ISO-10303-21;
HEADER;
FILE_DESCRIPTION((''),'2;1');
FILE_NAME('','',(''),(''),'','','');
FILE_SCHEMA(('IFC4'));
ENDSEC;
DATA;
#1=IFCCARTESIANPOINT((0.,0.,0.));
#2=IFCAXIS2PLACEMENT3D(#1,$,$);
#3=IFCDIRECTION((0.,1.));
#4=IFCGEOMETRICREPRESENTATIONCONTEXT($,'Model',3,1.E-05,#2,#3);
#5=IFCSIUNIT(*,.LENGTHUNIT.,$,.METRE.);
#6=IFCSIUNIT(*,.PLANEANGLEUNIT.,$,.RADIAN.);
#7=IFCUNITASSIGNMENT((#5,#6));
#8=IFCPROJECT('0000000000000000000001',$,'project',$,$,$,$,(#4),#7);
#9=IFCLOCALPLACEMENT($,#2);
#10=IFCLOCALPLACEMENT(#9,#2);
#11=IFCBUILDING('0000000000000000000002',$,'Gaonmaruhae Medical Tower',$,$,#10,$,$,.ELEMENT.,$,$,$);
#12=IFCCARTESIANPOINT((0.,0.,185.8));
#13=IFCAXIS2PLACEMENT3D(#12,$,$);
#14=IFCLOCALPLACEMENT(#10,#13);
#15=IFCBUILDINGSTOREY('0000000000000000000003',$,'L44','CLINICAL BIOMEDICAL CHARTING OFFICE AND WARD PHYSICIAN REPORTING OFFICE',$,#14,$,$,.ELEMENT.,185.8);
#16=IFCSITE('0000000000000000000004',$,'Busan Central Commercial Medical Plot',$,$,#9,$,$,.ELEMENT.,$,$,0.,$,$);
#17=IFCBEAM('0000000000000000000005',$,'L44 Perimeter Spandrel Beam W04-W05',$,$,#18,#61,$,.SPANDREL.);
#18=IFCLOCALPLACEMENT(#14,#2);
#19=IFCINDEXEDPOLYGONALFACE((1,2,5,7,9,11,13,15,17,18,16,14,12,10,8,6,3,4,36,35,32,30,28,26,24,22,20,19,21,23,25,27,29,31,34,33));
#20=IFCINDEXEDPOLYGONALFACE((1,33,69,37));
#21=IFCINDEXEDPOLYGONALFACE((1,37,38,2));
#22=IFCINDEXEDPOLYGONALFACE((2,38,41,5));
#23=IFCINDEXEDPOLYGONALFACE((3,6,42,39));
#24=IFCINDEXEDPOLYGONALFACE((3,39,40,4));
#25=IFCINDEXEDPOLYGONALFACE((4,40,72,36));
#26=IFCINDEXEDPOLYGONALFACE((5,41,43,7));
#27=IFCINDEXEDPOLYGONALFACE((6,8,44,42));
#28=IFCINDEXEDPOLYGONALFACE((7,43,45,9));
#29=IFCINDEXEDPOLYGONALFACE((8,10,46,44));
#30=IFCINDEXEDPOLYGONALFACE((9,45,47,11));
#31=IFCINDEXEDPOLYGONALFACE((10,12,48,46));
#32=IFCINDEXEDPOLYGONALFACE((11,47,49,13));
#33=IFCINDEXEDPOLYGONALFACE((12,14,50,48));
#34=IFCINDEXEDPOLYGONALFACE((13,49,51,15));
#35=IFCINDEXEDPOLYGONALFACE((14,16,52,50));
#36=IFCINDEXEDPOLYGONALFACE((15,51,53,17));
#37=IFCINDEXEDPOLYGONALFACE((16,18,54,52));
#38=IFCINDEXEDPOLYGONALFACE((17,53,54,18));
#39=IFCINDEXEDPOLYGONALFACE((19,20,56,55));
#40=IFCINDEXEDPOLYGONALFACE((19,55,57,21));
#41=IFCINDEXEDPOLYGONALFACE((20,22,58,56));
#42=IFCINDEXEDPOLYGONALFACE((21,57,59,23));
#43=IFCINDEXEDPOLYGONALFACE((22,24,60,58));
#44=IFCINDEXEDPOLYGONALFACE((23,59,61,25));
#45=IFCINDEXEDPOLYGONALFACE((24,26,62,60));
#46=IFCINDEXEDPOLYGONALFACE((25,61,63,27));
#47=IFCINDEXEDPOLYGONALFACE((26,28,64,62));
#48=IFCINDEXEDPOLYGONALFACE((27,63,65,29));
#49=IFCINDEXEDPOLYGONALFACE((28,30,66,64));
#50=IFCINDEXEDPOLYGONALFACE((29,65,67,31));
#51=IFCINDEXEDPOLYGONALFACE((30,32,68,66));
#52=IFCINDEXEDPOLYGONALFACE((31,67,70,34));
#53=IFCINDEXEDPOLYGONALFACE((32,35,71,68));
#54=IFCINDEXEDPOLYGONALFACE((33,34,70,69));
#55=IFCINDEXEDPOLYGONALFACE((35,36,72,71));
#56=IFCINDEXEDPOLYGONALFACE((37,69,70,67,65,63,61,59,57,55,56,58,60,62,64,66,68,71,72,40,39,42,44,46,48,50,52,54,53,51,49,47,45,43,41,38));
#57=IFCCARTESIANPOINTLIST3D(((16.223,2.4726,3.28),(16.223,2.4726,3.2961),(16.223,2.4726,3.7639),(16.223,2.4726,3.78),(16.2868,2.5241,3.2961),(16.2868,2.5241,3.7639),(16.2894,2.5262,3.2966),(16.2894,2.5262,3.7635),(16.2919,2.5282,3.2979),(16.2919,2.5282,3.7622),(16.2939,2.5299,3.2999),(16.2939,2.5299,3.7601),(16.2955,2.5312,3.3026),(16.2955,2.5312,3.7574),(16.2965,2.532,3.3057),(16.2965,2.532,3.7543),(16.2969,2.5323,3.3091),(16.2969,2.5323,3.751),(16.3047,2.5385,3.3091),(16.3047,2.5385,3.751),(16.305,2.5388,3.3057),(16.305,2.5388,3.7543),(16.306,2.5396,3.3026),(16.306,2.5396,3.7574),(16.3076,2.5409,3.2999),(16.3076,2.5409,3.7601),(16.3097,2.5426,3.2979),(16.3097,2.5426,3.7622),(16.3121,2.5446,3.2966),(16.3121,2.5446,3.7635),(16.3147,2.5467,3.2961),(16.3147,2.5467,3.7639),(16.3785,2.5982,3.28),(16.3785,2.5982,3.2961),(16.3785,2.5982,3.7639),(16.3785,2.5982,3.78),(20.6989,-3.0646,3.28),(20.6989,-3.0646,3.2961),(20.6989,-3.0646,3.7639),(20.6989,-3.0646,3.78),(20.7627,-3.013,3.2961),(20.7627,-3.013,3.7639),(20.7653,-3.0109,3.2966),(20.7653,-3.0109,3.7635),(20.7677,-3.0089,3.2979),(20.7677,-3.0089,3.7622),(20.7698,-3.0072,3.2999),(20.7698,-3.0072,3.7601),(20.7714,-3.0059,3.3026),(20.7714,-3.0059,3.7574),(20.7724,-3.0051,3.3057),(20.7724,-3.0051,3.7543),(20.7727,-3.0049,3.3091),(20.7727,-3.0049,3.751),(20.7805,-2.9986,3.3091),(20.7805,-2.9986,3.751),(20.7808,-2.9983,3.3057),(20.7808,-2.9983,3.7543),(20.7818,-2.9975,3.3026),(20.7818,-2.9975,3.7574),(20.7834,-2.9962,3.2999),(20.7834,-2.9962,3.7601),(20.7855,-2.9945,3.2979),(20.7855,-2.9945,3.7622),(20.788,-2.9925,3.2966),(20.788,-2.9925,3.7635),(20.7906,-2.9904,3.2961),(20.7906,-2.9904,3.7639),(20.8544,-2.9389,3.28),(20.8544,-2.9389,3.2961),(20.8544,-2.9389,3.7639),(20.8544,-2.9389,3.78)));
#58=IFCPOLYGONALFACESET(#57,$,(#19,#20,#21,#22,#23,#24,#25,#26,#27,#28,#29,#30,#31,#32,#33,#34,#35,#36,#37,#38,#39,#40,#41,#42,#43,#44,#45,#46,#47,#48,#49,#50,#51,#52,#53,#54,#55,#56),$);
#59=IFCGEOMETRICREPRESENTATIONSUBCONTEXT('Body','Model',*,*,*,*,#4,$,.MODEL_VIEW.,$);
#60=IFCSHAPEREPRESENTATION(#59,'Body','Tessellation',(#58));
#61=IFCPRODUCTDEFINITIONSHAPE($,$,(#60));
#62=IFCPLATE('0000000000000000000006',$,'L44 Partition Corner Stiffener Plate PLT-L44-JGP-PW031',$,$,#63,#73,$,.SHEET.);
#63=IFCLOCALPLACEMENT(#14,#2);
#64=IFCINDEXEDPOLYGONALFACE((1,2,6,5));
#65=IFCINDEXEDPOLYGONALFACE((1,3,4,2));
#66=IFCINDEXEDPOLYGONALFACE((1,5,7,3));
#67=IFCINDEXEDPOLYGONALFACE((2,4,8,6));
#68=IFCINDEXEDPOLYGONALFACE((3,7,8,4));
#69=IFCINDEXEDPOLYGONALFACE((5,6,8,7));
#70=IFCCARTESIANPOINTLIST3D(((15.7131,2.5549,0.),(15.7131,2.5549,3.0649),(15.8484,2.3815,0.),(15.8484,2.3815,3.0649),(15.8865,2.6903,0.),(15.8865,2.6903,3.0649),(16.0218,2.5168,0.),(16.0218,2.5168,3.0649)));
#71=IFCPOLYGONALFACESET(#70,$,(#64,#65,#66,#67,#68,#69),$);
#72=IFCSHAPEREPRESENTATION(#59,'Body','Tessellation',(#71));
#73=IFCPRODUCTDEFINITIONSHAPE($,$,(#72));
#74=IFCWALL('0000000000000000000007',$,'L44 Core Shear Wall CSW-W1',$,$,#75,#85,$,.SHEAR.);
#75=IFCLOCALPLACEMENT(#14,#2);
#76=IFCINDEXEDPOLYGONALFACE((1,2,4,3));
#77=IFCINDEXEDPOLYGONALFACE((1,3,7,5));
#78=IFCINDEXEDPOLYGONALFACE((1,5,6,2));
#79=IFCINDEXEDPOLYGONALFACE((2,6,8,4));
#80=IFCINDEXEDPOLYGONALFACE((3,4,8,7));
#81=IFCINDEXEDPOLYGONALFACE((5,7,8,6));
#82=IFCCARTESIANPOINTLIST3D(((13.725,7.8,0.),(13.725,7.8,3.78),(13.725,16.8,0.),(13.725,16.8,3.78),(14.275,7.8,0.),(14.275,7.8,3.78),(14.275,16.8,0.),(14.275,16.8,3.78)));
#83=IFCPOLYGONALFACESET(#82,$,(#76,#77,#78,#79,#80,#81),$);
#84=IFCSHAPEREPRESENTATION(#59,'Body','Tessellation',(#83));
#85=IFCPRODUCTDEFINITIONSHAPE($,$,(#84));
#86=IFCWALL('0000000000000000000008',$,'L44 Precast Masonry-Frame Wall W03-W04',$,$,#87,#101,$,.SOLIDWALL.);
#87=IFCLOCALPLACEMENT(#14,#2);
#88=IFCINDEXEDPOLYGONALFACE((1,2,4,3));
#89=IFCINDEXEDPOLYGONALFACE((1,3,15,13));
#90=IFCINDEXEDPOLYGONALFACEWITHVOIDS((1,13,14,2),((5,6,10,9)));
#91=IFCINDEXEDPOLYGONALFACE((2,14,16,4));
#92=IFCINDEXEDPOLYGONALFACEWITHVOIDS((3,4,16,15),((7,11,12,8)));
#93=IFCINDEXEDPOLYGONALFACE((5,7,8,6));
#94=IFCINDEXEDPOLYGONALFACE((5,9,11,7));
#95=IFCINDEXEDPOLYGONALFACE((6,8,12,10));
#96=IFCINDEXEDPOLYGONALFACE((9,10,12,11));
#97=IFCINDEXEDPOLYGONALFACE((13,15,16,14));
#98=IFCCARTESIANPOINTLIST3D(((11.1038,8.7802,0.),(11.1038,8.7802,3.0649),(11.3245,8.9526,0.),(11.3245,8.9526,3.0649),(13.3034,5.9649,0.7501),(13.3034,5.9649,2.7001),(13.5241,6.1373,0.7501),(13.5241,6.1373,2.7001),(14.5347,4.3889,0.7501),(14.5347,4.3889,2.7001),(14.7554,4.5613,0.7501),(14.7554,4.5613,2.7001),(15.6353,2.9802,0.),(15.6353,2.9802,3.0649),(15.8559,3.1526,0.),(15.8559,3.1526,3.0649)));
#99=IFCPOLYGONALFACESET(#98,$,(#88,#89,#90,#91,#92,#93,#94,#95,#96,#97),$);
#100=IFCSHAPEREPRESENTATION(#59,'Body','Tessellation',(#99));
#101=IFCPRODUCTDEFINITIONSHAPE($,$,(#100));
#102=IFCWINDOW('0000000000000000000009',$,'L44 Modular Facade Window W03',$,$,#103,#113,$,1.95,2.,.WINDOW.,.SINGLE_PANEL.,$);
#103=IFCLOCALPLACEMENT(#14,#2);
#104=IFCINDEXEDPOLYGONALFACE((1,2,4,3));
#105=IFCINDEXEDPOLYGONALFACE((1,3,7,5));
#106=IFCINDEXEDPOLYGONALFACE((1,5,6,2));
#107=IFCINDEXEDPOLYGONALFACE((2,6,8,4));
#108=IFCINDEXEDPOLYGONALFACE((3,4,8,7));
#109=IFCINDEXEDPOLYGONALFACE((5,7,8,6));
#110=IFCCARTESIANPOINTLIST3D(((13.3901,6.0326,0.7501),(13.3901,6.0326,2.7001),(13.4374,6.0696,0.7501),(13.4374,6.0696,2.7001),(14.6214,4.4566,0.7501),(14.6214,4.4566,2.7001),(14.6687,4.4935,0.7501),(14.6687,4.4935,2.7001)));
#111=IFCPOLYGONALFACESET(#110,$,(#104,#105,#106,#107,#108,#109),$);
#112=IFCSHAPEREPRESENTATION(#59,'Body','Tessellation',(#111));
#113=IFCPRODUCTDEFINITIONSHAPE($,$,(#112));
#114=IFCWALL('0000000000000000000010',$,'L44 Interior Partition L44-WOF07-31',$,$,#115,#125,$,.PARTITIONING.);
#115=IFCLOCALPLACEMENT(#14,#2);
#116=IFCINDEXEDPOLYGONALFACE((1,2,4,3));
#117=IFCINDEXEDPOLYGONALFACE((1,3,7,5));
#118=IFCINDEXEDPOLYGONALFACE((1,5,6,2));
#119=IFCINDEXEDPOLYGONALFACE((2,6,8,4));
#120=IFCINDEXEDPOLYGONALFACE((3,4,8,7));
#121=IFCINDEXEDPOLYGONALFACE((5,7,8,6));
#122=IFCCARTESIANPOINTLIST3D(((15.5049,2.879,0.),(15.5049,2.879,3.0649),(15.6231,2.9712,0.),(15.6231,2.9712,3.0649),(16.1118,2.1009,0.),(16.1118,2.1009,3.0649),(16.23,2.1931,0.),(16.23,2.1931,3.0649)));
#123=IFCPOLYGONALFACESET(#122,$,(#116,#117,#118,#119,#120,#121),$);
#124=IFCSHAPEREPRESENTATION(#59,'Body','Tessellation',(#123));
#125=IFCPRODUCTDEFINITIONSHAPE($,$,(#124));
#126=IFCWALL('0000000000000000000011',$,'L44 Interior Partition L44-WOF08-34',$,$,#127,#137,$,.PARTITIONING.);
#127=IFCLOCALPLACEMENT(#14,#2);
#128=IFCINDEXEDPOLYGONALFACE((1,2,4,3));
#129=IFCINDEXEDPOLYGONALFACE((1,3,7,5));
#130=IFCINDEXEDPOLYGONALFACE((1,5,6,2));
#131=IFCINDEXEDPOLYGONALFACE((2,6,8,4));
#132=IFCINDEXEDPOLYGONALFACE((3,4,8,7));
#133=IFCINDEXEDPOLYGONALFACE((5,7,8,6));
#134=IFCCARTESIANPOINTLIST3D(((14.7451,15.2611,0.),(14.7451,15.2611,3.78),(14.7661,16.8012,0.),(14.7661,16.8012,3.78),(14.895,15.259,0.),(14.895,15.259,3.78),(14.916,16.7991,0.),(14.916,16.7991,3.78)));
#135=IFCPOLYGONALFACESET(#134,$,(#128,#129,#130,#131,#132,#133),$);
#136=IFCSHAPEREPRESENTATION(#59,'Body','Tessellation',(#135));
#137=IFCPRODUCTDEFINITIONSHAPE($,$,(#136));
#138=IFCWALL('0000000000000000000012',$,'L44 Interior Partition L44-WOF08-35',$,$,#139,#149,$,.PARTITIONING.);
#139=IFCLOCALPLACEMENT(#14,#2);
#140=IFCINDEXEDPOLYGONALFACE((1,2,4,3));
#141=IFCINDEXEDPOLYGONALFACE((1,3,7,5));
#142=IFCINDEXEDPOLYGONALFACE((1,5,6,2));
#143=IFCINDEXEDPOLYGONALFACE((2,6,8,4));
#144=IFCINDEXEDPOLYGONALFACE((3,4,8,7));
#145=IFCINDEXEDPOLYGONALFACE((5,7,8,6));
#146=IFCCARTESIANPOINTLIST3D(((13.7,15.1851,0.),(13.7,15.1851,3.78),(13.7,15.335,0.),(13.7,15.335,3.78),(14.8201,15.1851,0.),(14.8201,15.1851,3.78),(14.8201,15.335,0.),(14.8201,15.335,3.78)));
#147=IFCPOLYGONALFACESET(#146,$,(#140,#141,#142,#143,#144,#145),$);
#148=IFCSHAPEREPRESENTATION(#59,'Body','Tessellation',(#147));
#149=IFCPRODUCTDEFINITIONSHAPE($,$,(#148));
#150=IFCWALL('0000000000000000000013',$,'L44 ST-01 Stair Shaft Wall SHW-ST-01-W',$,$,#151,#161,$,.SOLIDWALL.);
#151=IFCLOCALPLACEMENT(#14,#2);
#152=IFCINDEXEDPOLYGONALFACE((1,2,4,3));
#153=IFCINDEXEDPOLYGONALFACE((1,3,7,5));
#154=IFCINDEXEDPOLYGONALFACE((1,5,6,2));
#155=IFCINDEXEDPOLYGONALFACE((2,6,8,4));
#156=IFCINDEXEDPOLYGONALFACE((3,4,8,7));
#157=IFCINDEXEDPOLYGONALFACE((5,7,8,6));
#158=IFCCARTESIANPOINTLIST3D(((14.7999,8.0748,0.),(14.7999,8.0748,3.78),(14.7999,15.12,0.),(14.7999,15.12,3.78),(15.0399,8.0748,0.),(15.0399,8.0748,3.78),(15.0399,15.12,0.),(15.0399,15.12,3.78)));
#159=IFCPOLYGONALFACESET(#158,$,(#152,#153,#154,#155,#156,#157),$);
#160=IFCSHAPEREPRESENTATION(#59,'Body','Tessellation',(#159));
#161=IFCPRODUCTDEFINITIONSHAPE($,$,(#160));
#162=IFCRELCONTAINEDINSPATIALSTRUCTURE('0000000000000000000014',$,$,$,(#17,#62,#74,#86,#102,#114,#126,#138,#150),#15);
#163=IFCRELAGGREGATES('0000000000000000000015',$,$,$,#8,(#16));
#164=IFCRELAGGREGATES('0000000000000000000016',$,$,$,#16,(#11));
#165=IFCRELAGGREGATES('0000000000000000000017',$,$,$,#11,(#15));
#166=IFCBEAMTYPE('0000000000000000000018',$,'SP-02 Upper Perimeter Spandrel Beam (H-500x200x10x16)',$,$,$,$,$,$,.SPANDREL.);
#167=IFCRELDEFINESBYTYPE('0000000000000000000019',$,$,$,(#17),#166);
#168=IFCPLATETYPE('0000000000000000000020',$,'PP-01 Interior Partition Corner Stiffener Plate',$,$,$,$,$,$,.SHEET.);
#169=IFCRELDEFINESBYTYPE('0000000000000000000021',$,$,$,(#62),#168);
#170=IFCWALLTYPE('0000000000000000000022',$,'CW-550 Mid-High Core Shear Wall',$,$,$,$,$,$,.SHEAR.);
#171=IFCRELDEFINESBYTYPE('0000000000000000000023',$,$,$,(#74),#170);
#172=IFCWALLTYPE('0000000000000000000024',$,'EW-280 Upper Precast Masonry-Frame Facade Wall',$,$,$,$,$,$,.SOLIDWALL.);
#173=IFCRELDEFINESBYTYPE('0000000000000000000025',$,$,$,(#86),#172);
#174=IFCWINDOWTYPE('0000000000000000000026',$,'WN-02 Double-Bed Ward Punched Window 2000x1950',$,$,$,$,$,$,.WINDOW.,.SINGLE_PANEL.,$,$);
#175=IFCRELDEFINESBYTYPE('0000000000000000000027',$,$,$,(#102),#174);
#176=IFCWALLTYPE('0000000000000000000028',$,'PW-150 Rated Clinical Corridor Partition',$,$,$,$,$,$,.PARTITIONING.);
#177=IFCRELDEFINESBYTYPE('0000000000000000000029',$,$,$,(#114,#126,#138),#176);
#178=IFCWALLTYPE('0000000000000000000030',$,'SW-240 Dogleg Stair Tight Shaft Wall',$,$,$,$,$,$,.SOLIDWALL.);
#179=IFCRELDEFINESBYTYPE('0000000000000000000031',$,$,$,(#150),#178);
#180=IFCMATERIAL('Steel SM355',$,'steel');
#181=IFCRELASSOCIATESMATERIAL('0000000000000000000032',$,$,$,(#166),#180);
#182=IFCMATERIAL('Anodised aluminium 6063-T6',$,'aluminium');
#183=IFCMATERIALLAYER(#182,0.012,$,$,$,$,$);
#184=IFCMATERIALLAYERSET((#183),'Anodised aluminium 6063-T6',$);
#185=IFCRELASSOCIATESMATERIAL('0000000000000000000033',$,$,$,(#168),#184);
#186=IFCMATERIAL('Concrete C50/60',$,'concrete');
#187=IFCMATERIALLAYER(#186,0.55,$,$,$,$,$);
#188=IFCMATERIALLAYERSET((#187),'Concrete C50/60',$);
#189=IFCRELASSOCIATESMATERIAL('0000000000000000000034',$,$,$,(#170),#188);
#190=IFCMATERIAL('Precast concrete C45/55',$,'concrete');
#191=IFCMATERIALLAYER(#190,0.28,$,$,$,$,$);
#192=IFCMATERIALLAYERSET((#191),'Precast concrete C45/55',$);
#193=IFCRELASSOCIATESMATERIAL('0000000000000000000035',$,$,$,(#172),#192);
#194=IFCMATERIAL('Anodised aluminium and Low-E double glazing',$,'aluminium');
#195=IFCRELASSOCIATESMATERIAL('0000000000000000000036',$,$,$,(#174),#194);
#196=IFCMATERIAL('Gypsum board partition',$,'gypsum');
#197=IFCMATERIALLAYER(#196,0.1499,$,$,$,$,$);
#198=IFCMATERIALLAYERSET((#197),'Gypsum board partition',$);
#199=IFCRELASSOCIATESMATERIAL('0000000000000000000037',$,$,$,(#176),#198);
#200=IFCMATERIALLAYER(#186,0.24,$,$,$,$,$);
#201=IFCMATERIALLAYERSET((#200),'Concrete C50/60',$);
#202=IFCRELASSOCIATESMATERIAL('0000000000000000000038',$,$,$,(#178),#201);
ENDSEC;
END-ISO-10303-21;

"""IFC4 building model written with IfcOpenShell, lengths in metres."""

from ifc_helpers import new_model, si_unit, direction, frame, frame_2d, origin, origin_2d, place, context, subcontext, project, spatial, rectangle, i_section, extrude, material, layer, layer_set, material_profile, profile_set, type_object, element, fill, save


model = new_model("IFC4")

# Units and contexts
model_context = context("Model", 3, precision=1e-05, world=origin(), true_north=direction((0.0, 1.0)))
body_context = subcontext(model_context, "Body", "Model", "MODEL_VIEW")
ifc_project = project(units=[si_unit("LENGTHUNIT", "METRE"), si_unit("PLANEANGLEUNIT", "RADIAN")], contexts=[model_context])

# Site, building, storey
site_placement = place(None, origin())
site = spatial("IfcSite", under=ifc_project, at=site_placement, Name="Busan Central Commercial Medical Plot", CompositionType="ELEMENT", RefElevation=0.0)
building_placement = place(site_placement, origin())
building = spatial("IfcBuilding", under=site, at=building_placement, Name="Gaonmaruhae Medical Tower", CompositionType="ELEMENT")
storey_placement = place(building_placement, frame((0.0, 0.0, 185.8)))
storey = spatial("IfcBuildingStorey", under=building, at=storey_placement, Name="L44", Description="CLINICAL BIOMEDICAL CHARTING OFFICE AND WARD PHYSICIAN REPORTING OFFICE", CompositionType="ELEMENT", Elevation=185.8)

# Shared definitions
ifc_material_1 = material(Name="Concrete C50/60", Category="concrete")

# Beam
ifc_material_2 = material(Name="Steel SM355", Category="steel")
ifc_material_profile_1 = material_profile(ifc_material_2, i_section(OverallWidth=0.2, OverallDepth=0.5, WebThickness=0.01, FlangeThickness=0.0161, FilletRadius=0.0129, at=origin_2d()), Name="H-500x200x10x16")
ifc_profile_set_1 = profile_set([ifc_material_profile_1], Name="Steel SM355")
beam_type_1 = type_object("IfcBeamType", Name="SP-02 Upper Perimeter Spandrel Beam (H-500x200x10x16)", PredefinedType="SPANDREL", material=ifc_profile_set_1)
beam_1_placement = place(storey_placement, frame((16.3008, 2.5354, 3.53), z_axis=(0.628639, -0.777697, 0.0), x_axis=(0.777697, 0.628639, 0.0)))
element("IfcBeam", 1, at=beam_1_placement, inside=storey, type_object=beam_type_1, Name="L44 Perimeter Spandrel Beam W04-W05", PredefinedType="SPANDREL", context=body_context, shape_type="SweptSolid", body=[
    extrude(i_section(OverallWidth=0.2, OverallDepth=0.5, WebThickness=0.01, FlangeThickness=0.0161, FilletRadius=0.0129, at=origin_2d()), origin(), (0.0, 0.0, 1.0), 7.1199),
])

# Plate
ifc_material_3 = material(Name="Anodised aluminium 6063-T6", Category="aluminium")
ifc_layer_1 = layer(ifc_material_3, 0.012)
ifc_layer_set_1 = layer_set([ifc_layer_1], Name="Anodised aluminium 6063-T6")
plate_type = type_object("IfcPlateType", Name="PP-01 Interior Partition Corner Stiffener Plate", PredefinedType="SHEET", material=ifc_layer_set_1)
plate_placement = place(storey_placement, frame((15.8674, 2.5359, 0.0), z_axis=(0.0, 0.0, 1.0), x_axis=(-0.615139, 0.788419, 0.0)))
element("IfcPlate", 2, at=plate_placement, inside=storey, type_object=plate_type, Name="L44 Partition Corner Stiffener Plate PLT-L44-JGP-PW031", PredefinedType="SHEET", context=body_context, shape_type="SweptSolid", body=[
    extrude(rectangle(XDim=0.22, YDim=0.22, at=origin_2d()), origin(), (0.0, 0.0, 1.0), 3.0649),
])

# Wall
ifc_layer_2 = layer(ifc_material_1, 0.55)
ifc_layer_set_2 = layer_set([ifc_layer_2], Name="Concrete C50/60")
wall_type_1 = type_object("IfcWallType", Name="CW-550 Mid-High Core Shear Wall", PredefinedType="SHEAR", material=ifc_layer_set_2)
wall_1_placement = place(storey_placement, frame((14.0, 16.8, 0.0), z_axis=(0.0, 0.0, 1.0), x_axis=(0.0, -1.0, 0.0)))
element("IfcWall", 3, at=wall_1_placement, inside=storey, type_object=wall_type_1, Name="L44 Core Shear Wall CSW-W1", PredefinedType="SHEAR", context=body_context, shape_type="SweptSolid", body=[
    extrude(rectangle(XDim=9.0, YDim=0.55, at=frame_2d((4.5, 0.0))), origin(), (0.0, 0.0, 1.0), 3.78),
])

# Wall, opening, window
ifc_material_4 = material(Name="Precast concrete C45/55", Category="concrete")
ifc_layer_3 = layer(ifc_material_4, 0.28)
ifc_layer_set_3 = layer_set([ifc_layer_3], Name="Precast concrete C45/55")
wall_type_2 = type_object("IfcWallType", Name="EW-280 Upper Precast Masonry-Frame Facade Wall", PredefinedType="SOLIDWALL", material=ifc_layer_set_3)
wall_2_placement = place(storey_placement, frame((15.7456, 3.0664, 0.0), z_axis=(0.0, 0.0, 1.0), x_axis=(-0.615661, 0.788011, 0.0)))
wall_2 = element("IfcWall", 4, at=wall_2_placement, inside=storey, type_object=wall_type_2, Name="L44 Precast Masonry-Frame Wall W03-W04", PredefinedType="SOLIDWALL", context=body_context, shape_type="SweptSolid", body=[
    extrude(rectangle(XDim=7.3604, YDim=0.28, at=frame_2d((3.6802, 0.0))), origin(), (0.0, 0.0, 1.0), 3.0649),
])
opening_1_placement = place(wall_2_placement, frame((1.7876, 0.0, 0.75)))
opening_1 = element("IfcOpeningElement", 5, at=opening_1_placement, cuts=wall_2, PredefinedType="OPENING", context=body_context, shape_type="SweptSolid", body=[
    extrude(rectangle(XDim=2.0, YDim=1.95, at=frame_2d((1.0, 0.9751))), frame((0.0, 0.1499, 0.0), z_axis=(0.0, -1.0, 0.0), x_axis=(1.0, 0.0, 0.0)), (0.0, 0.0, 1.0), 0.3),
])
ifc_material_5 = material(Name="Anodised aluminium and Low-E double glazing", Category="aluminium")
window_type = type_object("IfcWindowType", Name="WN-02 Double-Bed Ward Punched Window 2000x1950", PartitioningType="SINGLE_PANEL", PredefinedType="WINDOW", material=ifc_material_5)
window_placement = place(opening_1_placement, origin())
window = element("IfcWindow", 6, at=window_placement, inside=storey, type_object=window_type, Name="L44 Modular Facade Window W03", OverallHeight=1.95, OverallWidth=2.0, PartitioningType="SINGLE_PANEL", PredefinedType="WINDOW", context=body_context, shape_type="SweptSolid", body=[
    extrude(rectangle(XDim=2.0, YDim=1.95, at=frame_2d((1.0, 0.9751))), frame((0.0, 0.03, 0.0), z_axis=(0.0, -1.0, 0.0), x_axis=(1.0, 0.0, 0.0)), (0.0, 0.0, 1.0), 0.0601),
])
fill(opening_1, window)

# Walls
ifc_material_6 = material(Name="Gypsum board partition", Category="gypsum")
ifc_layer_4 = layer(ifc_material_6, 0.1499)
ifc_layer_set_4 = layer_set([ifc_layer_4], Name="Gypsum board partition")
wall_type_3 = type_object("IfcWallType", Name="PW-150 Rated Clinical Corridor Partition", PredefinedType="PARTITIONING", material=ifc_layer_set_4)
wall_3_placement = place(storey_placement, frame((16.1709, 2.147, 0.0), z_axis=(0.0, 0.0, 1.0), x_axis=(-0.615053, 0.788486, 0.0)))
element("IfcWall", 7, at=wall_3_placement, inside=storey, type_object=wall_type_3, Name="L44 Interior Partition L44-WOF07-31", PredefinedType="PARTITIONING", context=body_context, shape_type="SweptSolid", body=[
    extrude(rectangle(XDim=0.9868, YDim=0.1499, at=frame_2d((0.4934, 0.0))), origin(), (0.0, 0.0, 1.0), 3.0649),
])
wall_4_placement = place(storey_placement, frame((14.8411, 16.8, 0.0), z_axis=(0.0, 0.0, 1.0), x_axis=(-0.013632, -0.999907, 0.0)))
element("IfcWall", 8, at=wall_4_placement, inside=storey, type_object=wall_type_3, Name="L44 Interior Partition L44-WOF08-34", PredefinedType="PARTITIONING", context=body_context, shape_type="SweptSolid", body=[
    extrude(rectangle(XDim=1.5403, YDim=0.1499, at=frame_2d((0.77, 0.0))), origin(), (0.0, 0.0, 1.0), 3.78),
])
wall_5_placement = place(storey_placement, frame((14.8201, 15.26, 0.0), z_axis=(0.0, 0.0, 1.0), x_axis=(-1.0, 0.0, 0.0)))
element("IfcWall", 9, at=wall_5_placement, inside=storey, type_object=wall_type_3, Name="L44 Interior Partition L44-WOF08-35", PredefinedType="PARTITIONING", context=body_context, shape_type="SweptSolid", body=[
    extrude(rectangle(XDim=1.1201, YDim=0.1499, at=frame_2d((0.5601, 0.0))), origin(), (0.0, 0.0, 1.0), 3.78),
])

# Shared definitions
ifc_layer_5 = layer(ifc_material_1, 0.24)
ifc_layer_set_5 = layer_set([ifc_layer_5], Name="Concrete C50/60")
wall_type_4 = type_object("IfcWallType", Name="SW-240 Dogleg Stair Tight Shaft Wall", PredefinedType="SOLIDWALL", material=ifc_layer_set_5)

# Wall
wall_6_placement = place(storey_placement, frame((14.9199, 8.075, 0.0), z_axis=(0.0, 0.0, 1.0), x_axis=(0.0, 1.0, 0.0)))
element("IfcWall", 10, at=wall_6_placement, inside=storey, type_object=wall_type_4, Name="L44 ST-01 Stair Shaft Wall SHW-ST-01-W", PredefinedType="SOLIDWALL", context=body_context, shape_type="SweptSolid", body=[
    extrude(rectangle(XDim=7.0452, YDim=0.24, at=frame_2d((3.5225, 0.0))), origin(), (0.0, 0.0, 1.0), 3.78),
])

save(model, "model.ifc")
